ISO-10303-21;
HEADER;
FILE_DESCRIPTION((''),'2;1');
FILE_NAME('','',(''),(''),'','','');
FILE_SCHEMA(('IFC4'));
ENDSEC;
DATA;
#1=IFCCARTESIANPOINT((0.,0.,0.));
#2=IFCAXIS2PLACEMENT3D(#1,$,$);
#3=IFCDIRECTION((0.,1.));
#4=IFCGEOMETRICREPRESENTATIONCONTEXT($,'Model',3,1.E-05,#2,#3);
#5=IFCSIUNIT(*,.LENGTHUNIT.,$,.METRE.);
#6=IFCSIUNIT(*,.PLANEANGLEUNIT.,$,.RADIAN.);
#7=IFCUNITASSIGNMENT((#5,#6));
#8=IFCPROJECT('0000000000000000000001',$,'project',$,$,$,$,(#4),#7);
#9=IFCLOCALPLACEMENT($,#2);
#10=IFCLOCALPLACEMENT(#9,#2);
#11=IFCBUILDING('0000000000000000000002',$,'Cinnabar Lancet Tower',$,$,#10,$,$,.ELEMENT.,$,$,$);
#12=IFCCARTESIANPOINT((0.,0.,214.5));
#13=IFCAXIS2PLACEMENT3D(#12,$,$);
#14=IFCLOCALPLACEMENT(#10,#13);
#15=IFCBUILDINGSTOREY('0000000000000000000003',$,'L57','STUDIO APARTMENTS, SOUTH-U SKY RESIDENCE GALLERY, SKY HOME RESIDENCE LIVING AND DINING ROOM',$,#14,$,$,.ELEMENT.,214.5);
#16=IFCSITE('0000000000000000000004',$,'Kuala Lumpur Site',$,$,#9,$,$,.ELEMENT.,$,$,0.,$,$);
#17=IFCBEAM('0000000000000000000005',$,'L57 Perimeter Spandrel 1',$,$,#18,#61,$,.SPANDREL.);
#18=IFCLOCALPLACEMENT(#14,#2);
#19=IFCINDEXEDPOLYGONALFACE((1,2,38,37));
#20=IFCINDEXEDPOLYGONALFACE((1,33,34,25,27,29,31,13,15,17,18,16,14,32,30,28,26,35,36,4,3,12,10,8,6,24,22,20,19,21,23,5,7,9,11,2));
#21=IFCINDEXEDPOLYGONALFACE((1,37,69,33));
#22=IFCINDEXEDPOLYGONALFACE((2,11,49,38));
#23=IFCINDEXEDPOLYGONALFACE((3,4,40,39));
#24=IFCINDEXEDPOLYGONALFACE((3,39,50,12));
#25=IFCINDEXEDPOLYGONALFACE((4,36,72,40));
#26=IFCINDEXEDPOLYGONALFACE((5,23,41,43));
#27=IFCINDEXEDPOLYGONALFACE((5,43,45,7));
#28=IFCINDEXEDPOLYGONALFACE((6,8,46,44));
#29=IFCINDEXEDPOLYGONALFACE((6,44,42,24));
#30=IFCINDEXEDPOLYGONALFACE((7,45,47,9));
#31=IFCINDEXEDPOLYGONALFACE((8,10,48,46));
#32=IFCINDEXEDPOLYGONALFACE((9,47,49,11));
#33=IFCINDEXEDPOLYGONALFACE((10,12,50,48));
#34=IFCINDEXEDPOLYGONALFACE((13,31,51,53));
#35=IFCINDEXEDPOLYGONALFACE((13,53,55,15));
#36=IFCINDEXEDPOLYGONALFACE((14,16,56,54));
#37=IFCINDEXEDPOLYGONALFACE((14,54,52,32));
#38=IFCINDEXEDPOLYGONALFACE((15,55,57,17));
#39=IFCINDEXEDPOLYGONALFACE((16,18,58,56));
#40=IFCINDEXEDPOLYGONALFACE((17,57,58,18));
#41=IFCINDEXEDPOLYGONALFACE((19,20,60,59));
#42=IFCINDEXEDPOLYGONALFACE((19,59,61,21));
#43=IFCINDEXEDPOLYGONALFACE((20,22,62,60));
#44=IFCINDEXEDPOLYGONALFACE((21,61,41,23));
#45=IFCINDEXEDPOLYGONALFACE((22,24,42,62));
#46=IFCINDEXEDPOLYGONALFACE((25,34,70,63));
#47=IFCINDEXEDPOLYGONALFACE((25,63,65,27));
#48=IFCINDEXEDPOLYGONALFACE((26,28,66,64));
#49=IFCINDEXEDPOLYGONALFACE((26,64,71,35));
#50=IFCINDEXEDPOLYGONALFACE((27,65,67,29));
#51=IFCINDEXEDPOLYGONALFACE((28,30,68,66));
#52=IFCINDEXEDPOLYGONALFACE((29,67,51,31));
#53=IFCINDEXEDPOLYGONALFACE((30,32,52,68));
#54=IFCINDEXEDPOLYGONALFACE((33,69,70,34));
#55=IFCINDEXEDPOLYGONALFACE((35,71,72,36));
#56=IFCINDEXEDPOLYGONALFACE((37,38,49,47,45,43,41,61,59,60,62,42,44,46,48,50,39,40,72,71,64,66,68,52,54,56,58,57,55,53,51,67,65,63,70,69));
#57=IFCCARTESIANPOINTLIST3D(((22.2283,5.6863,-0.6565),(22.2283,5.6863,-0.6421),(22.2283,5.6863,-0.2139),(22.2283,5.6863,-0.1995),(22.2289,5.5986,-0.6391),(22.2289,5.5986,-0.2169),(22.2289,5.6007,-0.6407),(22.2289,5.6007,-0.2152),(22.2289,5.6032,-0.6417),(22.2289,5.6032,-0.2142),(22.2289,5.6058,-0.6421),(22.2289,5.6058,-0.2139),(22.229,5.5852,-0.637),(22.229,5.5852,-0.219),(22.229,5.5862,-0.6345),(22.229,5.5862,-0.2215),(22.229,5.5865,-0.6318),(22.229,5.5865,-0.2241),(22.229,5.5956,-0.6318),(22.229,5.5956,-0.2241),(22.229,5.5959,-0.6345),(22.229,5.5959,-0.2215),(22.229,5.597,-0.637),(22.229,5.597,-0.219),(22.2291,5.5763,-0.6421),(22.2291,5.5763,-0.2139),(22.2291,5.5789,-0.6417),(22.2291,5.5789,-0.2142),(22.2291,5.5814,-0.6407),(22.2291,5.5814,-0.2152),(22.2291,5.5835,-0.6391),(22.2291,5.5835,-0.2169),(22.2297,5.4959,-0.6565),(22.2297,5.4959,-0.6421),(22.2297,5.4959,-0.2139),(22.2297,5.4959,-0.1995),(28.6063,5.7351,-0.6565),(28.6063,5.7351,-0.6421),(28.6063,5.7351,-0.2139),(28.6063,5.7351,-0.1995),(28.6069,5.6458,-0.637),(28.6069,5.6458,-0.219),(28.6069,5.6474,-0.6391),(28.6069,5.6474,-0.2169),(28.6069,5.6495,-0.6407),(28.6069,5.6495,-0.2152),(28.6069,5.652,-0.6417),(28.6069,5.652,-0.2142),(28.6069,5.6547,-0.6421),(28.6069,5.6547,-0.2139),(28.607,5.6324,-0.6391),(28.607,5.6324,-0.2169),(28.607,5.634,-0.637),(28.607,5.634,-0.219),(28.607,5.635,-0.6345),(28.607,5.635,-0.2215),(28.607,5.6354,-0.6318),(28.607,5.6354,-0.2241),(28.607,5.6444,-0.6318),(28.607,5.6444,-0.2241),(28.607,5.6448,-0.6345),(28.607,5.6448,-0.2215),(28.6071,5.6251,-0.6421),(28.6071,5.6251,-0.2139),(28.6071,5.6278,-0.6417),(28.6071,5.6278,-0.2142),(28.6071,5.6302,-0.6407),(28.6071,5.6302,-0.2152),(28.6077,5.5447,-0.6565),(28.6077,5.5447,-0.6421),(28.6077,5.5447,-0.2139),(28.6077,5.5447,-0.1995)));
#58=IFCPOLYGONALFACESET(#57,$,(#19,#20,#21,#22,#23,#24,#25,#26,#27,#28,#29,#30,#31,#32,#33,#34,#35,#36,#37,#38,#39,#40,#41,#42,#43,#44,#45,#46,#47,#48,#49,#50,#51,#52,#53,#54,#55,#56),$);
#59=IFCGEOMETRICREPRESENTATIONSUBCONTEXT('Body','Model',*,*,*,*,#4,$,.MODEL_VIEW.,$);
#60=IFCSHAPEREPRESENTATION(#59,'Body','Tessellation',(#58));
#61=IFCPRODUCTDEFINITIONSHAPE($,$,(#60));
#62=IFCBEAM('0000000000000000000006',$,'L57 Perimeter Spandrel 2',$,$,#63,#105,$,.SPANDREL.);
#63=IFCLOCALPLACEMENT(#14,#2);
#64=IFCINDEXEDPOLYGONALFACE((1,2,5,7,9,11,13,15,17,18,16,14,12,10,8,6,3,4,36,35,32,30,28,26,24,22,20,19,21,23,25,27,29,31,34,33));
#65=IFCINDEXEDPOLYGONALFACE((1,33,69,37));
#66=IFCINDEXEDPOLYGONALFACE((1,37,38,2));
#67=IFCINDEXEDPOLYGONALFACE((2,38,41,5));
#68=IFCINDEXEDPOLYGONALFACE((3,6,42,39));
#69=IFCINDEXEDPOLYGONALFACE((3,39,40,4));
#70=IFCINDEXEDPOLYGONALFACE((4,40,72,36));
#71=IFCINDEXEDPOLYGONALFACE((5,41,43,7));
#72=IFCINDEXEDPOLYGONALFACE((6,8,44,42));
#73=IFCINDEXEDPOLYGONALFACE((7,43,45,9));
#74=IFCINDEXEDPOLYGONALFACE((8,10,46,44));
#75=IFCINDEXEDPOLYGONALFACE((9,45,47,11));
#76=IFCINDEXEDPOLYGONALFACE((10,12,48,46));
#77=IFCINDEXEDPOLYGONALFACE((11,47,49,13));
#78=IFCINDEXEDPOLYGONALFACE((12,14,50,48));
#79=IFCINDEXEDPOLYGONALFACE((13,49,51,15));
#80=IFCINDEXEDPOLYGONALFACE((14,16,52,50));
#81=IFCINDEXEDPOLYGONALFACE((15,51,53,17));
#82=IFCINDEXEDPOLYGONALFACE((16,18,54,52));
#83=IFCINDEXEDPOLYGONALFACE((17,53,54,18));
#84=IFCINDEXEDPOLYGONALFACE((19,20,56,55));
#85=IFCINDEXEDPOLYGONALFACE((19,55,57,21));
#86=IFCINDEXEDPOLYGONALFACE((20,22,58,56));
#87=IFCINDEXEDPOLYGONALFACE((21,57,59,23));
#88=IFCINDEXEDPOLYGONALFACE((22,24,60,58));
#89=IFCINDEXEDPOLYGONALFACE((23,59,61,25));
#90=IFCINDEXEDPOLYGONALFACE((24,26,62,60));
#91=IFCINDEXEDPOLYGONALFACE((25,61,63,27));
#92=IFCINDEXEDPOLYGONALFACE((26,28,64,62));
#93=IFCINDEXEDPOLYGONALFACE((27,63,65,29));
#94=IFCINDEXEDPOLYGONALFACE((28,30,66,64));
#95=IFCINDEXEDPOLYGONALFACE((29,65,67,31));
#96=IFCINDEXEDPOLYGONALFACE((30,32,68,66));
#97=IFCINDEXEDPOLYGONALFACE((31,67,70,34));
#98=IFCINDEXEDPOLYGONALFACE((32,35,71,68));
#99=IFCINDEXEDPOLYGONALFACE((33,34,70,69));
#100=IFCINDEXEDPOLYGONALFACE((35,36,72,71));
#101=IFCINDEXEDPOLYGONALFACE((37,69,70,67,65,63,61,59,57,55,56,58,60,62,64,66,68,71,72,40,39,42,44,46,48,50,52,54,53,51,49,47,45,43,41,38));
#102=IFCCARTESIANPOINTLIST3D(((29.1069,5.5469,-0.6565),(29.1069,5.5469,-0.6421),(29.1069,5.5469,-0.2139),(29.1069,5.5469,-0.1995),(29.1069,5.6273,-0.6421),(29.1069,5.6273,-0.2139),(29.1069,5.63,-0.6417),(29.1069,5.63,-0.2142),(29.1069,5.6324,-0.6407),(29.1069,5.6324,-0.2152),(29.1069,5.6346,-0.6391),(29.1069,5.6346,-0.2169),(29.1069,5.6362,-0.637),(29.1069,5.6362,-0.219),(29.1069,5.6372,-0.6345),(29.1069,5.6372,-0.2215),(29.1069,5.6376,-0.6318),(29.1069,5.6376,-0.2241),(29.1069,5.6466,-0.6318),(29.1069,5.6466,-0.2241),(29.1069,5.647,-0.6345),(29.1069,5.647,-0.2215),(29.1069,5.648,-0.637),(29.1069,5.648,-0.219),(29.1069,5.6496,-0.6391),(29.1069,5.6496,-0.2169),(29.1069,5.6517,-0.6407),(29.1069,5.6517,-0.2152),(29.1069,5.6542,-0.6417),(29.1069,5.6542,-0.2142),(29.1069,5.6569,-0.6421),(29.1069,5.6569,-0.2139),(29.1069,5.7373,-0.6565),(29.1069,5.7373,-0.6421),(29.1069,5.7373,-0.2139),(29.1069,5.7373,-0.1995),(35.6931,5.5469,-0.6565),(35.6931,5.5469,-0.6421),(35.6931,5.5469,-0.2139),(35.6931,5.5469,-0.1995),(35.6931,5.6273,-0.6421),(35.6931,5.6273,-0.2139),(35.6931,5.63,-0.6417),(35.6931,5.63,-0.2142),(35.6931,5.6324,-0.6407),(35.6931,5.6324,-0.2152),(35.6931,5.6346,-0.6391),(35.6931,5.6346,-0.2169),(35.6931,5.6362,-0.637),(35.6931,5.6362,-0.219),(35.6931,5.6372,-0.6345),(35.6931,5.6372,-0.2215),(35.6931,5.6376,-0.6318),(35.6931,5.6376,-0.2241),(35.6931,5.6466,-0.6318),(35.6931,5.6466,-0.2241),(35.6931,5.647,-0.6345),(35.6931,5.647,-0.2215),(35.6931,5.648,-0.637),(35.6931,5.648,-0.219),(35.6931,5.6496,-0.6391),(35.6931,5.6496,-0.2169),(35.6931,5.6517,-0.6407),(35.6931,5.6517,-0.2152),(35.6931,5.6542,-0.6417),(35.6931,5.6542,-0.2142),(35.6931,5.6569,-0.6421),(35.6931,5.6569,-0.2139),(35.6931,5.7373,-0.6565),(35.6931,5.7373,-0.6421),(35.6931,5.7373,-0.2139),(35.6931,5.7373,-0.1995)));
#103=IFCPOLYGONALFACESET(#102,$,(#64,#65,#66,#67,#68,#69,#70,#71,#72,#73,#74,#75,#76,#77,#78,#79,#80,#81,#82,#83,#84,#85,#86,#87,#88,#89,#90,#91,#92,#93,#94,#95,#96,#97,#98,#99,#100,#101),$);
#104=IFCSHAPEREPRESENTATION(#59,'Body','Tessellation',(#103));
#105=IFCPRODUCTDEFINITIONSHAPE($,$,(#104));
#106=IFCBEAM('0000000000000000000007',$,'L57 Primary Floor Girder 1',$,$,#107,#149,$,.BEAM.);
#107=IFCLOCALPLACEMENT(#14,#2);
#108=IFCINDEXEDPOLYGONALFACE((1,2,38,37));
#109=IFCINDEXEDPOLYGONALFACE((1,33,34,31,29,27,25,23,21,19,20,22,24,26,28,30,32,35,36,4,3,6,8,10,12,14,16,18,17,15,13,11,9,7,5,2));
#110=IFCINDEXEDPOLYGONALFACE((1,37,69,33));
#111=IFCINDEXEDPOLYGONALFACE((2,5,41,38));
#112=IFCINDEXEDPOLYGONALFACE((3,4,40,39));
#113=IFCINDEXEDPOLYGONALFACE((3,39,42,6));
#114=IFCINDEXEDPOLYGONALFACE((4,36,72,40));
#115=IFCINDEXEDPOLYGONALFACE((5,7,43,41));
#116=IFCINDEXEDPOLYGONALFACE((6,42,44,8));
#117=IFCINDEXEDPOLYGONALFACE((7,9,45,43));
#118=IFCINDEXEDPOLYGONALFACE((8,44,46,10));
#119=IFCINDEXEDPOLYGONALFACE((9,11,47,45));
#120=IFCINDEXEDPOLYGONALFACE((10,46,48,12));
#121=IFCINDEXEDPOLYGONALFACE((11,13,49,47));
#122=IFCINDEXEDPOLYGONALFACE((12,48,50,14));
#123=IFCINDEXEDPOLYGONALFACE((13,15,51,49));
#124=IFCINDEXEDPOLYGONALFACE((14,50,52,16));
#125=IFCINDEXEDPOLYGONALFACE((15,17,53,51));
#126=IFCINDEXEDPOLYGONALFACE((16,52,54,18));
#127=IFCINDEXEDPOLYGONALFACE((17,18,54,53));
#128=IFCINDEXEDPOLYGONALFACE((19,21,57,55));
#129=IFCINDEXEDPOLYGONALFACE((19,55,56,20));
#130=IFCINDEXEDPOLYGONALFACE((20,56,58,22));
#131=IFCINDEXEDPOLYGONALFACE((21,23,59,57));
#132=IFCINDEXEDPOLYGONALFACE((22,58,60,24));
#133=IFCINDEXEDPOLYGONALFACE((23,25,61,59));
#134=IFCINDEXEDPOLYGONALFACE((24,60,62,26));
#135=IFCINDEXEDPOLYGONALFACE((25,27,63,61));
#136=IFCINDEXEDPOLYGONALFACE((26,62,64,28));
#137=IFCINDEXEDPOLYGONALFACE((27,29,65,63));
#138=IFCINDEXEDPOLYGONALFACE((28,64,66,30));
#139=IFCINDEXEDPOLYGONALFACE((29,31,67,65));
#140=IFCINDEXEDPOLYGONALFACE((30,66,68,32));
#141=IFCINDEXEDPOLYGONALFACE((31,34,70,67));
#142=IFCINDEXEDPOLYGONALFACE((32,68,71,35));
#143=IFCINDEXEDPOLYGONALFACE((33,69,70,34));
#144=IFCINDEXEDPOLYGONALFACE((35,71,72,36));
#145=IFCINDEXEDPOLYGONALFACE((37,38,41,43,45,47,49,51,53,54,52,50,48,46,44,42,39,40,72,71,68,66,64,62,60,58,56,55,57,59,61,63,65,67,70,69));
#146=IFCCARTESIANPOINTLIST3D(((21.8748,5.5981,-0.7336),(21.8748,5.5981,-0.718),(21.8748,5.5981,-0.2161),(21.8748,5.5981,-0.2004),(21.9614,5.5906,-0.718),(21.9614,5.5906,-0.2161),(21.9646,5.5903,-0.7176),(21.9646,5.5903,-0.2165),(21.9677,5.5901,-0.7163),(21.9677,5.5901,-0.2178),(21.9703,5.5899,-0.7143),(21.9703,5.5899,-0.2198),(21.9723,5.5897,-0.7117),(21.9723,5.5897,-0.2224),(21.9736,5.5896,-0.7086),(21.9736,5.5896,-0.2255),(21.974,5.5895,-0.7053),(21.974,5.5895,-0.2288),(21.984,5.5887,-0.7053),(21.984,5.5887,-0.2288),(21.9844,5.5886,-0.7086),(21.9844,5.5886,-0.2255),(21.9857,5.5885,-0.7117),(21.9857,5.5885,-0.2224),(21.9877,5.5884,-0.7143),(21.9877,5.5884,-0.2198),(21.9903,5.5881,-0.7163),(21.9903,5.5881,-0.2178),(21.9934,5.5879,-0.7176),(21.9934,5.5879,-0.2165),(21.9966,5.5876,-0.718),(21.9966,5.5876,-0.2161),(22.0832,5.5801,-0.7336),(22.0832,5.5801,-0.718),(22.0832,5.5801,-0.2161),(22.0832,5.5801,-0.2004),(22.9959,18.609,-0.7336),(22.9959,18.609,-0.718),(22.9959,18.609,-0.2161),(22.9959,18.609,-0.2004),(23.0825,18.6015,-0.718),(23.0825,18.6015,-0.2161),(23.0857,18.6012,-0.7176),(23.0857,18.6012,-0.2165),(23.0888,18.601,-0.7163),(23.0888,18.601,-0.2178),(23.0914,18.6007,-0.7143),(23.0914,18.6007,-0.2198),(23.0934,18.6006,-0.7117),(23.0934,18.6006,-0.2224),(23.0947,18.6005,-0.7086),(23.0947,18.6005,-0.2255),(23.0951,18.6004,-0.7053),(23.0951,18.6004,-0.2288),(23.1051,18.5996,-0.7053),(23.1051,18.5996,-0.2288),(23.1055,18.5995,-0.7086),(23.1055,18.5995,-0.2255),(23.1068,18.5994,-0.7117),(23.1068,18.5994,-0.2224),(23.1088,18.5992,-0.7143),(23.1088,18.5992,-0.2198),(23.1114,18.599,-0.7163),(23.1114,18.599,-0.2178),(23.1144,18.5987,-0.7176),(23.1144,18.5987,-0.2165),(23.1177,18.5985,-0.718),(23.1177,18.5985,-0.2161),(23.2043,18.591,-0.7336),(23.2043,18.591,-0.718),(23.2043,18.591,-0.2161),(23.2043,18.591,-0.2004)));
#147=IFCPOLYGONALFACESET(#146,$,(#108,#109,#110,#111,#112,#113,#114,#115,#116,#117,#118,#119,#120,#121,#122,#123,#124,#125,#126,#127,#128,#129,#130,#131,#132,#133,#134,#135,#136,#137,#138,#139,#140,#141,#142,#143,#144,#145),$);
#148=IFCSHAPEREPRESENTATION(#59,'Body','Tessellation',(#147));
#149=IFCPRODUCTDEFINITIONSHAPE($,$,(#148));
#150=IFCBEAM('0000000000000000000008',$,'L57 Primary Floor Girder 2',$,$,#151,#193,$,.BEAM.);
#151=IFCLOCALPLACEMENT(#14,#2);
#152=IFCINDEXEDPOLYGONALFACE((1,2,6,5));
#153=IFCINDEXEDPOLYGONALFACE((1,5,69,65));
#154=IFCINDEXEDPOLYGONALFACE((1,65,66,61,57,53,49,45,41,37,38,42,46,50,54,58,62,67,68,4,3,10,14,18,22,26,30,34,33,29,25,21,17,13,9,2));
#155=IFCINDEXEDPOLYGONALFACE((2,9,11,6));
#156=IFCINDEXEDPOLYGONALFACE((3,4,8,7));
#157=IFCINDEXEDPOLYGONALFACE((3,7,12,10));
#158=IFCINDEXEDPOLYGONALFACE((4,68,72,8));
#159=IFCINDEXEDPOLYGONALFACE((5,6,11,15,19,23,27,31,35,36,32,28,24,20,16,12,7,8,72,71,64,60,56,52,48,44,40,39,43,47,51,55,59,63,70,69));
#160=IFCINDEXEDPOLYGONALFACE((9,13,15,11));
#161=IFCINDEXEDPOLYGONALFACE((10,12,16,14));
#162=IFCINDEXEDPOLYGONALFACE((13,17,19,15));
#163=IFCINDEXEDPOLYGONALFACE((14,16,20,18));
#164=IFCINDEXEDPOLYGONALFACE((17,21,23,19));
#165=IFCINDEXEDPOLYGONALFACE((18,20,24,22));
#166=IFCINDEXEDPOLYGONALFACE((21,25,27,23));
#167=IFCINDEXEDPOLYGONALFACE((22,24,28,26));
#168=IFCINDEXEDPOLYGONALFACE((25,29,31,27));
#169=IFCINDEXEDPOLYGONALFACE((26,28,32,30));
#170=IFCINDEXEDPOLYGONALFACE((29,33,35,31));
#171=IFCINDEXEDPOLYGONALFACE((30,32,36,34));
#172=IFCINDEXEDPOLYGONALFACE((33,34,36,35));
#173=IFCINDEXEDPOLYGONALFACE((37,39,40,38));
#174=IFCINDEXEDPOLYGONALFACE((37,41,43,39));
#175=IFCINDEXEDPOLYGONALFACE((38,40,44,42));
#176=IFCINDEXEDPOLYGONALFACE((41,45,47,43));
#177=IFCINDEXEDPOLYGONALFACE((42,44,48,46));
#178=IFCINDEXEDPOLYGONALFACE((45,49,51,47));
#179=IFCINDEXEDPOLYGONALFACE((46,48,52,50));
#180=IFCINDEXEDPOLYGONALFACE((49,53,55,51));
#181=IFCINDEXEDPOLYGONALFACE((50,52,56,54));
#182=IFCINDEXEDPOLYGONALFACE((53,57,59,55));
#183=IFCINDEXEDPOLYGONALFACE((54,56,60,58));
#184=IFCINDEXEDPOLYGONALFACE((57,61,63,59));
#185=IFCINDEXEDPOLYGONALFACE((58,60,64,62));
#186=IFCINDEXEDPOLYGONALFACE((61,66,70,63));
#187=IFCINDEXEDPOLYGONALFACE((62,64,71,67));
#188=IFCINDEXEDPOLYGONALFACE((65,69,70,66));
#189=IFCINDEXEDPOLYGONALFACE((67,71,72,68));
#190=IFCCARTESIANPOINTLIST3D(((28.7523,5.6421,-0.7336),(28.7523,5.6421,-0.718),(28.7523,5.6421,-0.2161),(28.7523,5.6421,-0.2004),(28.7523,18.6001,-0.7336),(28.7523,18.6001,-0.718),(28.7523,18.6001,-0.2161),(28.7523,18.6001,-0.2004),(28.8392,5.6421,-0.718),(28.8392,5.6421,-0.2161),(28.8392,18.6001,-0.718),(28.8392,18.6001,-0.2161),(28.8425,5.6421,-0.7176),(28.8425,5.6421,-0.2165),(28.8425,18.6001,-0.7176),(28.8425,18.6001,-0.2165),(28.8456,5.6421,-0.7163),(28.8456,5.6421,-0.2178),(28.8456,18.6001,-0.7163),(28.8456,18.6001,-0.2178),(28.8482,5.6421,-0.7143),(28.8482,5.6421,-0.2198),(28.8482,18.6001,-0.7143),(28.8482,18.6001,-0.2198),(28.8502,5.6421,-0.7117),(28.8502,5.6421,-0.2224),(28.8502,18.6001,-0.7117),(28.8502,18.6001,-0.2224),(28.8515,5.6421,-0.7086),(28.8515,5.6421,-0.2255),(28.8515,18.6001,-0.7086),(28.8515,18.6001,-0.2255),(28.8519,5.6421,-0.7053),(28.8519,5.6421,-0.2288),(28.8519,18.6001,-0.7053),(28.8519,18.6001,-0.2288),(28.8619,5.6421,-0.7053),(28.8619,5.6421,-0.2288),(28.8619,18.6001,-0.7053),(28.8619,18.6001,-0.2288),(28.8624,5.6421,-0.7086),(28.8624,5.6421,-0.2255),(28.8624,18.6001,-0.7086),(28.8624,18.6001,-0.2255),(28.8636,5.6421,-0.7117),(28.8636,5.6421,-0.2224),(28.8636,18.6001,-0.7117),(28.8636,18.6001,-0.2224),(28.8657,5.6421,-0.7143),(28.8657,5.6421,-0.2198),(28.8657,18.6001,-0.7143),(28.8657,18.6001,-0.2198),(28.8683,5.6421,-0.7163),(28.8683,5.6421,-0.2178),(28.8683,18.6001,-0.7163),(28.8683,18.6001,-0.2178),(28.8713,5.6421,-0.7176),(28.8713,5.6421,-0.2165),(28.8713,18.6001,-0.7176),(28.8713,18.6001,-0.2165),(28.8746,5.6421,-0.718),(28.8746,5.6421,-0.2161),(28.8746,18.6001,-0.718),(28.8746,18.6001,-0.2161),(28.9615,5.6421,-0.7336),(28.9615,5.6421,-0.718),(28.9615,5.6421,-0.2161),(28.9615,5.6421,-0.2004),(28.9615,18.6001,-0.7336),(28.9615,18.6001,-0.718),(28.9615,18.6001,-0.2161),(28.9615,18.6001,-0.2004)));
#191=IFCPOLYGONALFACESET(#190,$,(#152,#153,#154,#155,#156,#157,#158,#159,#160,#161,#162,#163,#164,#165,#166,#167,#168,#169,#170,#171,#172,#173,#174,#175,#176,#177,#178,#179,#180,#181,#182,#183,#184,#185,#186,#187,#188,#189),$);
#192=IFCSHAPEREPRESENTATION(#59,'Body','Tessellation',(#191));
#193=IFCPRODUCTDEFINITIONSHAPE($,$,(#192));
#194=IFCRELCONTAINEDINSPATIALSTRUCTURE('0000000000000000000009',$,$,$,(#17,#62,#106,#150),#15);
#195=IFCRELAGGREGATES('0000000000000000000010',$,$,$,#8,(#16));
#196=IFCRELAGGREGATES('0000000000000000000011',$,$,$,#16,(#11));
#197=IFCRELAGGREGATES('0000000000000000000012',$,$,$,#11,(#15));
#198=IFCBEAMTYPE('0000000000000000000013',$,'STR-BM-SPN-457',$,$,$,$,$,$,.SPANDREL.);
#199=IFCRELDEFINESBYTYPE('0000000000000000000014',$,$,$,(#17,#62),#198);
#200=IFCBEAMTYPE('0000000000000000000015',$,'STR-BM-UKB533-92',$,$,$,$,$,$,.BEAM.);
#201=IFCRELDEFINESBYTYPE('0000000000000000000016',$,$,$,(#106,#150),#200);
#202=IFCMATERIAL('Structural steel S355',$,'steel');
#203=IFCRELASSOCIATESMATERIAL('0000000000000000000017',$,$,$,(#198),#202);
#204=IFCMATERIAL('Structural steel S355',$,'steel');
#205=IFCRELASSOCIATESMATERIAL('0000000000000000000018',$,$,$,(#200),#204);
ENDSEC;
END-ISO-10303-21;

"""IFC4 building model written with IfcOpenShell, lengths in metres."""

from ifc_helpers import new_model, si_unit, direction, frame, origin, origin_2d, place, context, subcontext, project, spatial, i_section, extrude, material, material_profile, profile_set, type_object, element, save


model = new_model("IFC4")

# Units and contexts
model_context = context("Model", 3, precision=1e-05, world=origin(), true_north=direction((0.0, 1.0)))
body_context = subcontext(model_context, "Body", "Model", "MODEL_VIEW")
ifc_project = project(units=[si_unit("LENGTHUNIT", "METRE"), si_unit("PLANEANGLEUNIT", "RADIAN")], contexts=[model_context])

# Site, building, storey
site_placement = place(None, origin())
site = spatial("IfcSite", under=ifc_project, at=site_placement, Name="Kuala Lumpur Site", CompositionType="ELEMENT", RefElevation=0.0)
building_placement = place(site_placement, origin())
building = spatial("IfcBuilding", under=site, at=building_placement, Name="Cinnabar Lancet Tower", CompositionType="ELEMENT")
storey_placement = place(building_placement, frame((0.0, 0.0, 214.5)))
storey = spatial("IfcBuildingStorey", under=building, at=storey_placement, Name="L57", Description="STUDIO APARTMENTS, SOUTH-U SKY RESIDENCE GALLERY, SKY HOME RESIDENCE LIVING AND DINING ROOM", CompositionType="ELEMENT", Elevation=214.5)

# Beams
ifc_material_1 = material(Name="Structural steel S355", Category="steel")
ifc_material_profile_1 = material_profile(ifc_material_1, i_section(OverallWidth=0.1904, OverallDepth=0.457, WebThickness=0.009, FlangeThickness=0.0144, FilletRadius=0.0103, at=origin_2d()), Name="UKB 457x191x74")
ifc_profile_set_1 = profile_set([ifc_material_profile_1], Name="Structural steel S355")
beam_type_1 = type_object("IfcBeamType", Name="STR-BM-SPN-457", PredefinedType="SPANDREL", material=ifc_profile_set_1)
beam_1_placement = place(storey_placement, frame((22.229, 5.5911, -0.428), z_axis=(0.999971, 0.007656, 0.0), x_axis=(-0.007656, 0.999971, 0.0)))
element("IfcBeam", 1, at=beam_1_placement, inside=storey, type_object=beam_type_1, Name="L57 Perimeter Spandrel 1", PredefinedType="SPANDREL", context=body_context, shape_type="SweptSolid", body=[
    extrude(i_section(OverallWidth=0.1904, OverallDepth=0.457, WebThickness=0.009, FlangeThickness=0.0144, FilletRadius=0.0103, at=origin_2d()), origin(), (0.0, 0.0, 1.0), 6.3782),
])
beam_2_placement = place(storey_placement, frame((29.1069, 5.6421, -0.428), z_axis=(1.0, 0.0, 0.0), x_axis=(0.0, 1.0, 0.0)))
element("IfcBeam", 2, at=beam_2_placement, inside=storey, type_object=beam_type_1, Name="L57 Perimeter Spandrel 2", PredefinedType="SPANDREL", context=body_context, shape_type="SweptSolid", body=[
    extrude(i_section(OverallWidth=0.1904, OverallDepth=0.457, WebThickness=0.009, FlangeThickness=0.0144, FilletRadius=0.0103, at=origin_2d()), origin(), (0.0, 0.0, 1.0), 6.5862),
])
ifc_material_2 = material(Name="Structural steel S355", Category="steel")
ifc_material_profile_2 = material_profile(ifc_material_2, i_section(OverallWidth=0.2092, OverallDepth=0.5332, WebThickness=0.01, FlangeThickness=0.0156, FilletRadius=0.0127, at=origin_2d()), Name="UKB 533x210x92")
ifc_profile_set_2 = profile_set([ifc_material_profile_2], Name="Structural steel S355")
beam_type_2 = type_object("IfcBeamType", Name="STR-BM-UKB533-92", PredefinedType="BEAM", material=ifc_profile_set_2)
beam_3_placement = place(storey_placement, frame((21.979, 5.5891, -0.467), z_axis=(0.085847, 0.996308, 0.0), x_axis=(-0.996308, 0.085847, 0.0)))
element("IfcBeam", 3, at=beam_3_placement, inside=storey, type_object=beam_type_2, Name="L57 Primary Floor Girder 1", PredefinedType="BEAM", context=body_context, shape_type="SweptSolid", body=[
    extrude(i_section(OverallWidth=0.2092, OverallDepth=0.5332, WebThickness=0.01, FlangeThickness=0.0156, FilletRadius=0.0127, at=origin_2d()), origin(), (0.0, 0.0, 1.0), 13.0591),
])
beam_4_placement = place(storey_placement, frame((28.8569, 5.6421, -0.467), z_axis=(0.0, 1.0, 0.0), x_axis=(-1.0, 0.0, 0.0)))
element("IfcBeam", 4, at=beam_4_placement, inside=storey, type_object=beam_type_2, Name="L57 Primary Floor Girder 2", PredefinedType="BEAM", context=body_context, shape_type="SweptSolid", body=[
    extrude(i_section(OverallWidth=0.2092, OverallDepth=0.5332, WebThickness=0.01, FlangeThickness=0.0156, FilletRadius=0.0127, at=origin_2d()), origin(), (0.0, 0.0, 1.0), 12.958),
])

save(model, "model.ifc")
